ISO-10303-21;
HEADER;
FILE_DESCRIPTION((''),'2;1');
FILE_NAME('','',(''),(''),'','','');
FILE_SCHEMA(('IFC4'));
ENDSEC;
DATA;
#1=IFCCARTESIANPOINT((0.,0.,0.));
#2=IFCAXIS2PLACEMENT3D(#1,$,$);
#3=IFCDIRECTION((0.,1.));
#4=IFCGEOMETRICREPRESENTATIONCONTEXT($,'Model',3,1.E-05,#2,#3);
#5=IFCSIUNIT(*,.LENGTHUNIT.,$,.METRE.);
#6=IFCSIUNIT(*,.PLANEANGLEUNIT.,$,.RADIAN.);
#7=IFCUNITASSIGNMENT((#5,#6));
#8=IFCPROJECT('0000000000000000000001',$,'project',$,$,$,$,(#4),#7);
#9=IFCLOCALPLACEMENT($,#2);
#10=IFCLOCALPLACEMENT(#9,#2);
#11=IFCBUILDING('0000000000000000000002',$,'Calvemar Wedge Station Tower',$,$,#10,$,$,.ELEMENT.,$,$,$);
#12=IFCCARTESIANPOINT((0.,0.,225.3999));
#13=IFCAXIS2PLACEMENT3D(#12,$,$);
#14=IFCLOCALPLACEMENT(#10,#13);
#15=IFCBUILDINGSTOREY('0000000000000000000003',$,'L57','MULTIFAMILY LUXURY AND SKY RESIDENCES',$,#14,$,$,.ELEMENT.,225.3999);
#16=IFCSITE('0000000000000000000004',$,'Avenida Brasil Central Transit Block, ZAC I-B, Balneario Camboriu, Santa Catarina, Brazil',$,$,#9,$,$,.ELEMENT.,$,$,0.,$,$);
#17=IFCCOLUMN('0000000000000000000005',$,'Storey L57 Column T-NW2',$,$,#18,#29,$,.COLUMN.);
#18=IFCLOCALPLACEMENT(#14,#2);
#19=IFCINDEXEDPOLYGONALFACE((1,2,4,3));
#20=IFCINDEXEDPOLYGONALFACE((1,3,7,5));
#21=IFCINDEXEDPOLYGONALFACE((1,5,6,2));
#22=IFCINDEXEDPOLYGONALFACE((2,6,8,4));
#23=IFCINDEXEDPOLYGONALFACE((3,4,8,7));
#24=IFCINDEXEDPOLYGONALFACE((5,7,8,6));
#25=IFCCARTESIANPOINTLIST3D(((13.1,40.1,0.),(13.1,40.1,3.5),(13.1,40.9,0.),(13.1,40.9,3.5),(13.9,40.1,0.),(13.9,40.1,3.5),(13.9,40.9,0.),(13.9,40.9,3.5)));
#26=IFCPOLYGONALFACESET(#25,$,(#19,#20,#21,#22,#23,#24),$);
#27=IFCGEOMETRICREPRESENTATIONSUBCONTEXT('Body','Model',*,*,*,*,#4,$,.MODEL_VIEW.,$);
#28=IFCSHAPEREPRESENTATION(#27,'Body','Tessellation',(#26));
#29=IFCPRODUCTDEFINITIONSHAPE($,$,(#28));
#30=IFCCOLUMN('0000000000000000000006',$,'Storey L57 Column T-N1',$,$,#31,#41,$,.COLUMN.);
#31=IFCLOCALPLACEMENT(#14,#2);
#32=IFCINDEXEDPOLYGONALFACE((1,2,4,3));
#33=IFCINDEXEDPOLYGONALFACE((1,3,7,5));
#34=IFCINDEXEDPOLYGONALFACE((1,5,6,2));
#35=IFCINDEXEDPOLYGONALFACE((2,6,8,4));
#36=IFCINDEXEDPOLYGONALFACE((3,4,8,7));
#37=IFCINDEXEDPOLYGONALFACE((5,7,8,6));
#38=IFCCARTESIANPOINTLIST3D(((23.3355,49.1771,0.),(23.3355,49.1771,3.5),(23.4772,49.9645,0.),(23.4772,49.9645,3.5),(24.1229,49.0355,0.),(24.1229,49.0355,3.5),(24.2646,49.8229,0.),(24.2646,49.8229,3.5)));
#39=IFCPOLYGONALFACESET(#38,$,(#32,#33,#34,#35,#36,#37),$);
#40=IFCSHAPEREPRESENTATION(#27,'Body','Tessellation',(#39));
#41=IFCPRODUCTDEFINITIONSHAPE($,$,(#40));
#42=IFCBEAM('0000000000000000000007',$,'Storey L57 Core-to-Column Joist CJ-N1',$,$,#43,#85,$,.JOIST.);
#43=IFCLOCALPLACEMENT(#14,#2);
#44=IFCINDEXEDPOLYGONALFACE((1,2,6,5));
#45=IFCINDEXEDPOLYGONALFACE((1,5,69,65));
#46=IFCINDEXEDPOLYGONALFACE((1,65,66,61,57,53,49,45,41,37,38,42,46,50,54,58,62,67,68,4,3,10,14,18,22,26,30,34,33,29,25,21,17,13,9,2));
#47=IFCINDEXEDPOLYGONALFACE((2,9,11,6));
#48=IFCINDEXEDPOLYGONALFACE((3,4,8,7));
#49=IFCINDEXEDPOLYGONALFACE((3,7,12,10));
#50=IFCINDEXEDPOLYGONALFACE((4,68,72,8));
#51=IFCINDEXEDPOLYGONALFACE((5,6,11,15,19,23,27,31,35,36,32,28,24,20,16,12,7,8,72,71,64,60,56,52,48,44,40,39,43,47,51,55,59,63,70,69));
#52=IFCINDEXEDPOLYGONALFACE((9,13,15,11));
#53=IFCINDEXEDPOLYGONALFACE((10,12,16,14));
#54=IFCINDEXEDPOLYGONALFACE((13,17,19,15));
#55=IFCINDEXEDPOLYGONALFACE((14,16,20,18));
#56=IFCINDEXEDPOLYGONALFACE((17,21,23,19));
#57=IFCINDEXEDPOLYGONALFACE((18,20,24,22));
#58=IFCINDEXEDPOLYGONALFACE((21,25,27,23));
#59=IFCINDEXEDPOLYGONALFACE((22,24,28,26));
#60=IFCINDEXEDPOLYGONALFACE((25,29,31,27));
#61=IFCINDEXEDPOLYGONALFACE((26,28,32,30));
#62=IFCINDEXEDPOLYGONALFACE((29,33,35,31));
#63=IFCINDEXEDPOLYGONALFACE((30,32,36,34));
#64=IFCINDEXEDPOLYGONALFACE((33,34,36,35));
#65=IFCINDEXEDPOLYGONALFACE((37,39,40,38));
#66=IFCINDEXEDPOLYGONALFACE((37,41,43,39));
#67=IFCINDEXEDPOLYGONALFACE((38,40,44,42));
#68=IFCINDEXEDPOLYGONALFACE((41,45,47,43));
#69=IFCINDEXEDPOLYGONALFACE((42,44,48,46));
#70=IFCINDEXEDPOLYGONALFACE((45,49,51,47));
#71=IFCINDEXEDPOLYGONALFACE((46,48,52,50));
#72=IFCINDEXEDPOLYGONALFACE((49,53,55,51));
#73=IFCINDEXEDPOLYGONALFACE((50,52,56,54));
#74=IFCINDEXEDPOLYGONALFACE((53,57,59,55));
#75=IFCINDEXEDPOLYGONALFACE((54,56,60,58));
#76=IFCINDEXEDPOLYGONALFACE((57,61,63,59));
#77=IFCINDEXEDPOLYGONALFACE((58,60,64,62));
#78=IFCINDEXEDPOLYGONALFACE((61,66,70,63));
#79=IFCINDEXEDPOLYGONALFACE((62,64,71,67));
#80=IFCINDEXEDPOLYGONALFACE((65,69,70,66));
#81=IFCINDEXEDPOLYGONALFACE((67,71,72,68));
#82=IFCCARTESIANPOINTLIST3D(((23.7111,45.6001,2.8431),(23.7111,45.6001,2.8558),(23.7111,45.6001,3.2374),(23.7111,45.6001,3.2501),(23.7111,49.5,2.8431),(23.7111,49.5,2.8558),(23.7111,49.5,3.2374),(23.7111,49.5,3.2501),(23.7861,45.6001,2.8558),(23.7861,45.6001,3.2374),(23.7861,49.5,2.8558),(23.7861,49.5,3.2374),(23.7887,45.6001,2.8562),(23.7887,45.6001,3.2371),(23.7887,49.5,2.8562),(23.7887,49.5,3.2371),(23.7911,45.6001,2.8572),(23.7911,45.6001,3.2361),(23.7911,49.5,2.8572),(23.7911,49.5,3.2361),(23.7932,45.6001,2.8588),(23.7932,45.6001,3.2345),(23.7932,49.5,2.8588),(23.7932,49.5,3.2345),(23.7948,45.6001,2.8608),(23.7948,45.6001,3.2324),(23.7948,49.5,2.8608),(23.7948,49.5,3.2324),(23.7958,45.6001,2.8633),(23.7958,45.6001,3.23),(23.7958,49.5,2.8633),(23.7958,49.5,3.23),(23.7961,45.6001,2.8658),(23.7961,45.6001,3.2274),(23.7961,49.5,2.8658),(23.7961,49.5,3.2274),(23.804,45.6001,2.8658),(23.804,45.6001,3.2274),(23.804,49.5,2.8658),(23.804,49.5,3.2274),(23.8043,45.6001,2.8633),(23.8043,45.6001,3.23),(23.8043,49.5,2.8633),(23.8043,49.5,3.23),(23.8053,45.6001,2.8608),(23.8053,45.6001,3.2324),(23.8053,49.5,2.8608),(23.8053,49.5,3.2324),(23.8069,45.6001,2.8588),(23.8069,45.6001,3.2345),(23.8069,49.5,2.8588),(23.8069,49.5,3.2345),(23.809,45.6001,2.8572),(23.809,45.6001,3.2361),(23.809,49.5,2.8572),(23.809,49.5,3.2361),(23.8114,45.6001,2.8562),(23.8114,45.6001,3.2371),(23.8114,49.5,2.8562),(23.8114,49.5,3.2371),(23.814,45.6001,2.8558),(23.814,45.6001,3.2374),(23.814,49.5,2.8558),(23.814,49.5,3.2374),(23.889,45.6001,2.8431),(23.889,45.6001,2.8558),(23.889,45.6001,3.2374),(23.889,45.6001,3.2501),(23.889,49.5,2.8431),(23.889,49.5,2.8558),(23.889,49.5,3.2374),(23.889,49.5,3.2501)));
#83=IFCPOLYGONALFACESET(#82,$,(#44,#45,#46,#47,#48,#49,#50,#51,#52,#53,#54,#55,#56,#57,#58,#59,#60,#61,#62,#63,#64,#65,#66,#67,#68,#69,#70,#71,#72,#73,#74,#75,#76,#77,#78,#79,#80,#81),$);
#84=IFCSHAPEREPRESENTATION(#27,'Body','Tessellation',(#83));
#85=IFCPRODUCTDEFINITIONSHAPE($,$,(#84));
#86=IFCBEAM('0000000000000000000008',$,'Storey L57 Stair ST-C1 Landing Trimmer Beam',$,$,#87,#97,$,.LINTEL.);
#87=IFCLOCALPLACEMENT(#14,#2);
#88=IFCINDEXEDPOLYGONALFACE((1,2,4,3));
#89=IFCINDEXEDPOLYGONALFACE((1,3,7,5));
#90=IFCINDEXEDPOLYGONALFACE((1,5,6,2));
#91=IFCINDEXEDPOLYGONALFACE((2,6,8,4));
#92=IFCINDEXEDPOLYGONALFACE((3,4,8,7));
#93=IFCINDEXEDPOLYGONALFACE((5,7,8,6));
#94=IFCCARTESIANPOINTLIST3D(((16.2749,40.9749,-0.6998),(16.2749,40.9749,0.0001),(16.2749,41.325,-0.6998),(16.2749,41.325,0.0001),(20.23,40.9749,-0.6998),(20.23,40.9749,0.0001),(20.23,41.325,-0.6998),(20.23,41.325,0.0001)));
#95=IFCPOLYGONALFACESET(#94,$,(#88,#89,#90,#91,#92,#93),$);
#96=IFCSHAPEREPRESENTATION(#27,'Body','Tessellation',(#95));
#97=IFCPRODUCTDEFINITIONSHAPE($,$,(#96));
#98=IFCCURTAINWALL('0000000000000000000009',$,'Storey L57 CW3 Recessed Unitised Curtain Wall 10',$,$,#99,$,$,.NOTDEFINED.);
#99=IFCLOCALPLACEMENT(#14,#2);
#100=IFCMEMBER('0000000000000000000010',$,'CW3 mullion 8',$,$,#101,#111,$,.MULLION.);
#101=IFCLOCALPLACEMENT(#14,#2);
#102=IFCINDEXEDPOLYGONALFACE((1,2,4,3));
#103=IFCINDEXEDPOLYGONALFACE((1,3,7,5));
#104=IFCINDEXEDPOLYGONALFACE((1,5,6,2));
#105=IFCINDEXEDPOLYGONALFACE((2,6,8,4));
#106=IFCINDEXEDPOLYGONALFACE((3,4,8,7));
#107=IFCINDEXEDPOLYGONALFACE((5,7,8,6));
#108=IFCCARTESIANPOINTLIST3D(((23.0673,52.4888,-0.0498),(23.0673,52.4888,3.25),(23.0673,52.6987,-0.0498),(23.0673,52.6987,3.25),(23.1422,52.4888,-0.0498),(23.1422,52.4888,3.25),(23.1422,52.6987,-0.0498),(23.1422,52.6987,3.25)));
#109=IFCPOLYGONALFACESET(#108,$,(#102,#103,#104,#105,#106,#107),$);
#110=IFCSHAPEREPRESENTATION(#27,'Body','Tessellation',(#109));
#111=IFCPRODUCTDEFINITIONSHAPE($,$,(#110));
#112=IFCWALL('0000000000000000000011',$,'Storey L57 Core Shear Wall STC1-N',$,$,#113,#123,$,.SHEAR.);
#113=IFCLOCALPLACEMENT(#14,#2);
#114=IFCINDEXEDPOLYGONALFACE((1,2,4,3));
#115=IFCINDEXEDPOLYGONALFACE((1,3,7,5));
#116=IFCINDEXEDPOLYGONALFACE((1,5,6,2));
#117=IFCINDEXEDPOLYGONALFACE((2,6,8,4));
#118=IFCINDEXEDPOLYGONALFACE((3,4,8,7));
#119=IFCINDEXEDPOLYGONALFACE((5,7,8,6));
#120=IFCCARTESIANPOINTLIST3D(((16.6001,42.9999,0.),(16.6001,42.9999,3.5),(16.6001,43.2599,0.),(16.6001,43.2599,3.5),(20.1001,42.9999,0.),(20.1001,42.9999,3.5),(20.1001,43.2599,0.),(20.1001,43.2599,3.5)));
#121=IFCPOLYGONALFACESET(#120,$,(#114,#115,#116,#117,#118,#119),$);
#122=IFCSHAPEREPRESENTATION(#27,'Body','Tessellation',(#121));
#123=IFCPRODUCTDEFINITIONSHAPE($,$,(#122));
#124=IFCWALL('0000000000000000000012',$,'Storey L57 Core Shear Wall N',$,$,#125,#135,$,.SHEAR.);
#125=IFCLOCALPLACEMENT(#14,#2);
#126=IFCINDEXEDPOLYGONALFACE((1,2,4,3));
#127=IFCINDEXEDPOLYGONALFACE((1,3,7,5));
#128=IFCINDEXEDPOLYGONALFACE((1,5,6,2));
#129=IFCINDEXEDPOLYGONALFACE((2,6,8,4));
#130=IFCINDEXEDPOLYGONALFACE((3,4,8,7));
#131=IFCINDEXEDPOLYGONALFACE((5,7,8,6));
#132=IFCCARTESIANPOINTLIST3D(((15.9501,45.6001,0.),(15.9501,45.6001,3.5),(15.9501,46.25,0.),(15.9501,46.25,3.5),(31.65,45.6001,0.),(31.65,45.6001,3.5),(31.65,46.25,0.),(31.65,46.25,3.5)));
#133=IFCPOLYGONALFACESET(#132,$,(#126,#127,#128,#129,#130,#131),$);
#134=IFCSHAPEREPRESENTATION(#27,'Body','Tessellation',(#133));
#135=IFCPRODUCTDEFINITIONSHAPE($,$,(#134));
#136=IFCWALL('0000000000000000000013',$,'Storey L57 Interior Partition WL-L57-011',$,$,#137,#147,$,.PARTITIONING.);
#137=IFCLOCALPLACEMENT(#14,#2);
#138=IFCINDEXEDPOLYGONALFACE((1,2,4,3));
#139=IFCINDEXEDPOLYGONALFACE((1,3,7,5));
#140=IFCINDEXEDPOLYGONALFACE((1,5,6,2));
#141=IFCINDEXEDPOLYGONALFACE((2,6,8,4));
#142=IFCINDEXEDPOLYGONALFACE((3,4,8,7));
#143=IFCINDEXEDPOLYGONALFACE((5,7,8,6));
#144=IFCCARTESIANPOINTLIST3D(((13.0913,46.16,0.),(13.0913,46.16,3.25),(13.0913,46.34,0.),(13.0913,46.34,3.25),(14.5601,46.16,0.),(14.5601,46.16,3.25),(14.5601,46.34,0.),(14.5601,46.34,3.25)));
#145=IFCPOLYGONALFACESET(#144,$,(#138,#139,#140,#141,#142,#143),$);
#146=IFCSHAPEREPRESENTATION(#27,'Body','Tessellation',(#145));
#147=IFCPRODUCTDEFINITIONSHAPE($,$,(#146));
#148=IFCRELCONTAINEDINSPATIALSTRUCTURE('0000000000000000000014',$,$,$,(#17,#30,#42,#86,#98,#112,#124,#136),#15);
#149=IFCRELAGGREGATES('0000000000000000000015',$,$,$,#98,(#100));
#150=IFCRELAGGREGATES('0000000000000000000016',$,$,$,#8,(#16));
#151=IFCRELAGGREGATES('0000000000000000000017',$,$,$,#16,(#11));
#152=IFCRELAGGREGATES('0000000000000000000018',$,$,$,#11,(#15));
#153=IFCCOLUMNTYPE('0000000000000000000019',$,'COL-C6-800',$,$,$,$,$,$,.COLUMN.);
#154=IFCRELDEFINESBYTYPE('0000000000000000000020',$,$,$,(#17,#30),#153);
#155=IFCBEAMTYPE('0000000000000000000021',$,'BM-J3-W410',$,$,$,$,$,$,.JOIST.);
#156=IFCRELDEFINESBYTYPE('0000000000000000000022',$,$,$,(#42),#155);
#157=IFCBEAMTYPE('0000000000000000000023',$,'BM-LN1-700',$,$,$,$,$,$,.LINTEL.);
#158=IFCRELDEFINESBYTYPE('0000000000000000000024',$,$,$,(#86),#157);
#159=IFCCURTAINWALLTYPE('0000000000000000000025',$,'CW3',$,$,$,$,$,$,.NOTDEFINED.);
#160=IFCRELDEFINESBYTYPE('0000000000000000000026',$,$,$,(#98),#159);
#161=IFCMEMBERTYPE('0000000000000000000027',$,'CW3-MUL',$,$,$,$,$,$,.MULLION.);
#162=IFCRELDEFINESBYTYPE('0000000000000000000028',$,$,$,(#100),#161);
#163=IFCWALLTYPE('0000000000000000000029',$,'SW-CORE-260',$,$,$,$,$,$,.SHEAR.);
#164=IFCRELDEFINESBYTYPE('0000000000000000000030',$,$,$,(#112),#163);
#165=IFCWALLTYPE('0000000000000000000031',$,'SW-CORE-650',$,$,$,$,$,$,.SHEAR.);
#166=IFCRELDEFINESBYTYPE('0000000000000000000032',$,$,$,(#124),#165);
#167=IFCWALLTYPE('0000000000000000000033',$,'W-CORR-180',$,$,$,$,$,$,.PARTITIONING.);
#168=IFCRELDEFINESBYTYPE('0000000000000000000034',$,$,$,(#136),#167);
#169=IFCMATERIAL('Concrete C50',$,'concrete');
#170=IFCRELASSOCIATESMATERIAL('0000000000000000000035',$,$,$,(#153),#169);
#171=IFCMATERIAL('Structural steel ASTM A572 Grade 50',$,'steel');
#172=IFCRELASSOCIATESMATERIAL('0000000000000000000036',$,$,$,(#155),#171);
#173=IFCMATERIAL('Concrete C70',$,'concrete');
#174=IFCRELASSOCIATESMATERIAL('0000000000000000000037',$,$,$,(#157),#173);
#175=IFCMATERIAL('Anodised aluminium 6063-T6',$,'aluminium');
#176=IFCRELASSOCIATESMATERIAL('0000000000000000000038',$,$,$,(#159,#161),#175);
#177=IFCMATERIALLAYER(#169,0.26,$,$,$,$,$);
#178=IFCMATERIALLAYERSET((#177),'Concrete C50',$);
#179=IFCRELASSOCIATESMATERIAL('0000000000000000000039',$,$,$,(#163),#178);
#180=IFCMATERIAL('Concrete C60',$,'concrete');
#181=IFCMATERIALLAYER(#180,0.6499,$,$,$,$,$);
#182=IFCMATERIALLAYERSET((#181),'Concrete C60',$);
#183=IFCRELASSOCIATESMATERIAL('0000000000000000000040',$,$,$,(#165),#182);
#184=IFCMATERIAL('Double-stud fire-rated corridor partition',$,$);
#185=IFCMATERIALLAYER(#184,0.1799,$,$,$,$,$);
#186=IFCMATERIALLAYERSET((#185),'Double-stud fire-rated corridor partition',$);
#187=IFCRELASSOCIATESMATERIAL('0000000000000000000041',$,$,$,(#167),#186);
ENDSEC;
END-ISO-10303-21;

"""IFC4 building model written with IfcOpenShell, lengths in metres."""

from ifc_helpers import new_model, si_unit, direction, frame, frame_2d, origin, origin_2d, place, context, subcontext, project, spatial, rectangle, i_section, extrude, source, transform, mapped, material, layer, layer_set, material_profile, profile_set, type_object, element, aggregate, save


model = new_model("IFC4")

# Units and contexts
model_context = context("Model", 3, precision=1e-05, world=origin(), true_north=direction((0.0, 1.0)))
body_context = subcontext(model_context, "Body", "Model", "MODEL_VIEW")
ifc_project = project(units=[si_unit("LENGTHUNIT", "METRE"), si_unit("PLANEANGLEUNIT", "RADIAN")], contexts=[model_context])

# Site, building, storey
site_placement = place(None, origin())
site = spatial("IfcSite", under=ifc_project, at=site_placement, Name="Avenida Brasil Central Transit Block, ZAC I-B, Balneario Camboriu, Santa Catarina, Brazil", CompositionType="ELEMENT", RefElevation=0.0)
building_placement = place(site_placement, origin())
building = spatial("IfcBuilding", under=site, at=building_placement, Name="Calvemar Wedge Station Tower", CompositionType="ELEMENT")
storey_placement = place(building_placement, frame((0.0, 0.0, 225.3999)))
storey = spatial("IfcBuildingStorey", under=building, at=storey_placement, Name="L57", Description="MULTIFAMILY LUXURY AND SKY RESIDENCES", CompositionType="ELEMENT", Elevation=225.3999)

# Columns
ifc_material_1 = material(Name="Concrete C50", Category="concrete")
ifc_material_profile_1 = material_profile(ifc_material_1, rectangle(XDim=0.8, YDim=0.8, at=origin_2d()), Name="RC800x800")
ifc_profile_set_1 = profile_set([ifc_material_profile_1], Name="Concrete C50")
column_type = type_object("IfcColumnType", Name="COL-C6-800", PredefinedType="COLUMN", material=ifc_profile_set_1)
shared_shape_1 = source(origin(), body_context, "Body", "SweptSolid", [
    extrude(rectangle(XDim=0.8, YDim=0.8, at=origin_2d()), origin(), (0.0, 0.0, 1.0), 3.5),
])
for number, where, z_axis, x_axis, name in (
    (1, (13.5, 40.5, 0.0), (0.0, 0.0, 1.0), (1.0, 0.0, 0.0), "Storey L57 Column T-NW2"),
    (2, (23.8, 49.5, 0.0), (0.0, 0.0, 1.0), (0.984196, -0.177085, 0.0), "Storey L57 Column T-N1"),
):
    element("IfcColumn", number, at=place(storey_placement, frame(where, z_axis=z_axis, x_axis=x_axis)), inside=storey, type_object=column_type, Name=name, PredefinedType="COLUMN", context=body_context, shape_type="MappedRepresentation", body=[
        mapped(shared_shape_1, transform((0.0, 0.0, 0.0), scale=1.0)),
    ])

# Beams
ifc_material_2 = material(Name="Structural steel ASTM A572 Grade 50", Category="steel")
ifc_material_profile_2 = material_profile(ifc_material_2, i_section(OverallWidth=0.178, OverallDepth=0.407, WebThickness=0.0078, FlangeThickness=0.0127, FilletRadius=0.01, at=origin_2d()), Name="W410x60")
ifc_profile_set_2 = profile_set([ifc_material_profile_2], Name="Structural steel ASTM A572 Grade 50")
beam_type_1 = type_object("IfcBeamType", Name="BM-J3-W410", PredefinedType="JOIST", material=ifc_profile_set_2)
shared_shape_2 = source(origin(), body_context, "Body", "SweptSolid", [
    extrude(i_section(OverallWidth=0.178, OverallDepth=0.407, WebThickness=0.0078, FlangeThickness=0.0127, FilletRadius=0.01, at=origin_2d()), origin(), (0.0, 0.0, 1.0), 3.8999),
])
beam_1_placement = place(storey_placement, frame((23.8, 45.6001, 3.0466), z_axis=(0.0, 1.0, 0.0), x_axis=(-1.0, 0.0, 0.0)))
element("IfcBeam", 3, at=beam_1_placement, inside=storey, type_object=beam_type_1, Name="Storey L57 Core-to-Column Joist CJ-N1", PredefinedType="JOIST", context=body_context, shape_type="MappedRepresentation", body=[
    mapped(shared_shape_2, transform((0.0, 0.0, 0.0), scale=1.0)),
])
ifc_material_3 = material(Name="Concrete C70", Category="concrete")
ifc_material_profile_3 = material_profile(ifc_material_3, rectangle(XDim=0.3501, YDim=0.7, at=origin_2d()), Name="RC350x700")
ifc_profile_set_3 = profile_set([ifc_material_profile_3], Name="Concrete C70")
beam_type_2 = type_object("IfcBeamType", Name="BM-LN1-700", PredefinedType="LINTEL", material=ifc_profile_set_3)
shared_shape_3 = source(origin(), body_context, "Body", "SweptSolid", [
    extrude(rectangle(XDim=0.3501, YDim=0.7, at=origin_2d()), origin(), (0.0, 0.0, 1.0), 3.9551),
])
beam_2_placement = place(storey_placement, frame((16.2749, 41.1499, -0.3499), z_axis=(1.0, 0.0, 0.0), x_axis=(0.0, 1.0, 0.0)))
element("IfcBeam", 4, at=beam_2_placement, inside=storey, type_object=beam_type_2, Name="Storey L57 Stair ST-C1 Landing Trimmer Beam", PredefinedType="LINTEL", context=body_context, shape_type="MappedRepresentation", body=[
    mapped(shared_shape_3, transform((0.0, 0.0, 0.0), scale=1.0)),
])

# Curtain wall, member
ifc_material_4 = material(Name="Anodised aluminium 6063-T6", Category="aluminium")
curtain_wall_type = type_object("IfcCurtainWallType", Name="CW3", PredefinedType="NOTDEFINED", material=ifc_material_4)
curtain_wall_placement = place(storey_placement, origin())
curtain_wall = element("IfcCurtainWall", 5, at=curtain_wall_placement, inside=storey, type_object=curtain_wall_type, Name="Storey L57 CW3 Recessed Unitised Curtain Wall 10", PredefinedType="NOTDEFINED")
ifc_material_profile_4 = material_profile(ifc_material_4, rectangle(XDim=0.075, YDim=0.21, at=origin_2d()), Name="AL-MUL-75x210")
ifc_profile_set_4 = profile_set([ifc_material_profile_4], Name="Anodised aluminium 6063-T6")
member_type = type_object("IfcMemberType", Name="CW3-MUL", PredefinedType="MULLION", material=ifc_profile_set_4)
shared_shape_4 = source(origin(), body_context, "Body", "SweptSolid", [
    extrude(rectangle(XDim=0.075, YDim=0.21, at=origin_2d()), origin(), (0.0, 0.0, 1.0), 3.2998),
])
member_placement = place(storey_placement, frame((23.1047, 52.5938, -0.0498), z_axis=(0.0, 0.0, 1.0), x_axis=(1.0, 0.0, 0.0)))
member = element("IfcMember", 6, at=member_placement, type_object=member_type, Name="CW3 mullion 8", PredefinedType="MULLION", context=body_context, shape_type="MappedRepresentation", body=[
    mapped(shared_shape_4, transform((0.0, 0.0, 0.0), scale=1.0)),
])
aggregate(curtain_wall, [member])

# Walls
ifc_layer_1 = layer(ifc_material_1, 0.26)
ifc_layer_set_1 = layer_set([ifc_layer_1], Name="Concrete C50")
wall_type_1 = type_object("IfcWallType", Name="SW-CORE-260", PredefinedType="SHEAR", material=ifc_layer_set_1)
wall_1_placement = place(storey_placement, frame((16.6001, 43.1299, 0.0), z_axis=(0.0, 0.0, 1.0), x_axis=(1.0, 0.0, 0.0)))
element("IfcWall", 7, at=wall_1_placement, inside=storey, type_object=wall_type_1, Name="Storey L57 Core Shear Wall STC1-N", PredefinedType="SHEAR", context=body_context, shape_type="SweptSolid", body=[
    extrude(rectangle(XDim=3.5, YDim=0.26, at=frame_2d((1.75, 0.0))), origin(), (0.0, 0.0, 1.0), 3.5),
])
ifc_material_5 = material(Name="Concrete C60", Category="concrete")
ifc_layer_2 = layer(ifc_material_5, 0.6499)
ifc_layer_set_2 = layer_set([ifc_layer_2], Name="Concrete C60")
wall_type_2 = type_object("IfcWallType", Name="SW-CORE-650", PredefinedType="SHEAR", material=ifc_layer_set_2)
wall_2_placement = place(storey_placement, frame((15.95, 45.925, 0.0), z_axis=(0.0, 0.0, 1.0), x_axis=(1.0, 0.0, 0.0)))
element("IfcWall", 8, at=wall_2_placement, inside=storey, type_object=wall_type_2, Name="Storey L57 Core Shear Wall N", PredefinedType="SHEAR", context=body_context, shape_type="SweptSolid", body=[
    extrude(rectangle(XDim=15.7, YDim=0.6499, at=frame_2d((7.8501, 0.0))), origin(), (0.0, 0.0, 1.0), 3.5),
])
ifc_material_6 = material(Name="Double-stud fire-rated corridor partition")
ifc_layer_3 = layer(ifc_material_6, 0.1799)
ifc_layer_set_3 = layer_set([ifc_layer_3], Name="Double-stud fire-rated corridor partition")
wall_type_3 = type_object("IfcWallType", Name="W-CORR-180", PredefinedType="PARTITIONING", material=ifc_layer_set_3)
wall_3_placement = place(storey_placement, frame((14.5601, 46.25, 0.0), z_axis=(0.0, 0.0, 1.0), x_axis=(-1.0, 0.0, 0.0)))
element("IfcWall", 9, at=wall_3_placement, inside=storey, type_object=wall_type_3, Name="Storey L57 Interior Partition WL-L57-011", PredefinedType="PARTITIONING", context=body_context, shape_type="SweptSolid", body=[
    extrude(rectangle(XDim=1.4688, YDim=0.1799, at=frame_2d((0.7344, 0.0))), origin(), (0.0, 0.0, 1.0), 3.25),
])

save(model, "model.ifc")
